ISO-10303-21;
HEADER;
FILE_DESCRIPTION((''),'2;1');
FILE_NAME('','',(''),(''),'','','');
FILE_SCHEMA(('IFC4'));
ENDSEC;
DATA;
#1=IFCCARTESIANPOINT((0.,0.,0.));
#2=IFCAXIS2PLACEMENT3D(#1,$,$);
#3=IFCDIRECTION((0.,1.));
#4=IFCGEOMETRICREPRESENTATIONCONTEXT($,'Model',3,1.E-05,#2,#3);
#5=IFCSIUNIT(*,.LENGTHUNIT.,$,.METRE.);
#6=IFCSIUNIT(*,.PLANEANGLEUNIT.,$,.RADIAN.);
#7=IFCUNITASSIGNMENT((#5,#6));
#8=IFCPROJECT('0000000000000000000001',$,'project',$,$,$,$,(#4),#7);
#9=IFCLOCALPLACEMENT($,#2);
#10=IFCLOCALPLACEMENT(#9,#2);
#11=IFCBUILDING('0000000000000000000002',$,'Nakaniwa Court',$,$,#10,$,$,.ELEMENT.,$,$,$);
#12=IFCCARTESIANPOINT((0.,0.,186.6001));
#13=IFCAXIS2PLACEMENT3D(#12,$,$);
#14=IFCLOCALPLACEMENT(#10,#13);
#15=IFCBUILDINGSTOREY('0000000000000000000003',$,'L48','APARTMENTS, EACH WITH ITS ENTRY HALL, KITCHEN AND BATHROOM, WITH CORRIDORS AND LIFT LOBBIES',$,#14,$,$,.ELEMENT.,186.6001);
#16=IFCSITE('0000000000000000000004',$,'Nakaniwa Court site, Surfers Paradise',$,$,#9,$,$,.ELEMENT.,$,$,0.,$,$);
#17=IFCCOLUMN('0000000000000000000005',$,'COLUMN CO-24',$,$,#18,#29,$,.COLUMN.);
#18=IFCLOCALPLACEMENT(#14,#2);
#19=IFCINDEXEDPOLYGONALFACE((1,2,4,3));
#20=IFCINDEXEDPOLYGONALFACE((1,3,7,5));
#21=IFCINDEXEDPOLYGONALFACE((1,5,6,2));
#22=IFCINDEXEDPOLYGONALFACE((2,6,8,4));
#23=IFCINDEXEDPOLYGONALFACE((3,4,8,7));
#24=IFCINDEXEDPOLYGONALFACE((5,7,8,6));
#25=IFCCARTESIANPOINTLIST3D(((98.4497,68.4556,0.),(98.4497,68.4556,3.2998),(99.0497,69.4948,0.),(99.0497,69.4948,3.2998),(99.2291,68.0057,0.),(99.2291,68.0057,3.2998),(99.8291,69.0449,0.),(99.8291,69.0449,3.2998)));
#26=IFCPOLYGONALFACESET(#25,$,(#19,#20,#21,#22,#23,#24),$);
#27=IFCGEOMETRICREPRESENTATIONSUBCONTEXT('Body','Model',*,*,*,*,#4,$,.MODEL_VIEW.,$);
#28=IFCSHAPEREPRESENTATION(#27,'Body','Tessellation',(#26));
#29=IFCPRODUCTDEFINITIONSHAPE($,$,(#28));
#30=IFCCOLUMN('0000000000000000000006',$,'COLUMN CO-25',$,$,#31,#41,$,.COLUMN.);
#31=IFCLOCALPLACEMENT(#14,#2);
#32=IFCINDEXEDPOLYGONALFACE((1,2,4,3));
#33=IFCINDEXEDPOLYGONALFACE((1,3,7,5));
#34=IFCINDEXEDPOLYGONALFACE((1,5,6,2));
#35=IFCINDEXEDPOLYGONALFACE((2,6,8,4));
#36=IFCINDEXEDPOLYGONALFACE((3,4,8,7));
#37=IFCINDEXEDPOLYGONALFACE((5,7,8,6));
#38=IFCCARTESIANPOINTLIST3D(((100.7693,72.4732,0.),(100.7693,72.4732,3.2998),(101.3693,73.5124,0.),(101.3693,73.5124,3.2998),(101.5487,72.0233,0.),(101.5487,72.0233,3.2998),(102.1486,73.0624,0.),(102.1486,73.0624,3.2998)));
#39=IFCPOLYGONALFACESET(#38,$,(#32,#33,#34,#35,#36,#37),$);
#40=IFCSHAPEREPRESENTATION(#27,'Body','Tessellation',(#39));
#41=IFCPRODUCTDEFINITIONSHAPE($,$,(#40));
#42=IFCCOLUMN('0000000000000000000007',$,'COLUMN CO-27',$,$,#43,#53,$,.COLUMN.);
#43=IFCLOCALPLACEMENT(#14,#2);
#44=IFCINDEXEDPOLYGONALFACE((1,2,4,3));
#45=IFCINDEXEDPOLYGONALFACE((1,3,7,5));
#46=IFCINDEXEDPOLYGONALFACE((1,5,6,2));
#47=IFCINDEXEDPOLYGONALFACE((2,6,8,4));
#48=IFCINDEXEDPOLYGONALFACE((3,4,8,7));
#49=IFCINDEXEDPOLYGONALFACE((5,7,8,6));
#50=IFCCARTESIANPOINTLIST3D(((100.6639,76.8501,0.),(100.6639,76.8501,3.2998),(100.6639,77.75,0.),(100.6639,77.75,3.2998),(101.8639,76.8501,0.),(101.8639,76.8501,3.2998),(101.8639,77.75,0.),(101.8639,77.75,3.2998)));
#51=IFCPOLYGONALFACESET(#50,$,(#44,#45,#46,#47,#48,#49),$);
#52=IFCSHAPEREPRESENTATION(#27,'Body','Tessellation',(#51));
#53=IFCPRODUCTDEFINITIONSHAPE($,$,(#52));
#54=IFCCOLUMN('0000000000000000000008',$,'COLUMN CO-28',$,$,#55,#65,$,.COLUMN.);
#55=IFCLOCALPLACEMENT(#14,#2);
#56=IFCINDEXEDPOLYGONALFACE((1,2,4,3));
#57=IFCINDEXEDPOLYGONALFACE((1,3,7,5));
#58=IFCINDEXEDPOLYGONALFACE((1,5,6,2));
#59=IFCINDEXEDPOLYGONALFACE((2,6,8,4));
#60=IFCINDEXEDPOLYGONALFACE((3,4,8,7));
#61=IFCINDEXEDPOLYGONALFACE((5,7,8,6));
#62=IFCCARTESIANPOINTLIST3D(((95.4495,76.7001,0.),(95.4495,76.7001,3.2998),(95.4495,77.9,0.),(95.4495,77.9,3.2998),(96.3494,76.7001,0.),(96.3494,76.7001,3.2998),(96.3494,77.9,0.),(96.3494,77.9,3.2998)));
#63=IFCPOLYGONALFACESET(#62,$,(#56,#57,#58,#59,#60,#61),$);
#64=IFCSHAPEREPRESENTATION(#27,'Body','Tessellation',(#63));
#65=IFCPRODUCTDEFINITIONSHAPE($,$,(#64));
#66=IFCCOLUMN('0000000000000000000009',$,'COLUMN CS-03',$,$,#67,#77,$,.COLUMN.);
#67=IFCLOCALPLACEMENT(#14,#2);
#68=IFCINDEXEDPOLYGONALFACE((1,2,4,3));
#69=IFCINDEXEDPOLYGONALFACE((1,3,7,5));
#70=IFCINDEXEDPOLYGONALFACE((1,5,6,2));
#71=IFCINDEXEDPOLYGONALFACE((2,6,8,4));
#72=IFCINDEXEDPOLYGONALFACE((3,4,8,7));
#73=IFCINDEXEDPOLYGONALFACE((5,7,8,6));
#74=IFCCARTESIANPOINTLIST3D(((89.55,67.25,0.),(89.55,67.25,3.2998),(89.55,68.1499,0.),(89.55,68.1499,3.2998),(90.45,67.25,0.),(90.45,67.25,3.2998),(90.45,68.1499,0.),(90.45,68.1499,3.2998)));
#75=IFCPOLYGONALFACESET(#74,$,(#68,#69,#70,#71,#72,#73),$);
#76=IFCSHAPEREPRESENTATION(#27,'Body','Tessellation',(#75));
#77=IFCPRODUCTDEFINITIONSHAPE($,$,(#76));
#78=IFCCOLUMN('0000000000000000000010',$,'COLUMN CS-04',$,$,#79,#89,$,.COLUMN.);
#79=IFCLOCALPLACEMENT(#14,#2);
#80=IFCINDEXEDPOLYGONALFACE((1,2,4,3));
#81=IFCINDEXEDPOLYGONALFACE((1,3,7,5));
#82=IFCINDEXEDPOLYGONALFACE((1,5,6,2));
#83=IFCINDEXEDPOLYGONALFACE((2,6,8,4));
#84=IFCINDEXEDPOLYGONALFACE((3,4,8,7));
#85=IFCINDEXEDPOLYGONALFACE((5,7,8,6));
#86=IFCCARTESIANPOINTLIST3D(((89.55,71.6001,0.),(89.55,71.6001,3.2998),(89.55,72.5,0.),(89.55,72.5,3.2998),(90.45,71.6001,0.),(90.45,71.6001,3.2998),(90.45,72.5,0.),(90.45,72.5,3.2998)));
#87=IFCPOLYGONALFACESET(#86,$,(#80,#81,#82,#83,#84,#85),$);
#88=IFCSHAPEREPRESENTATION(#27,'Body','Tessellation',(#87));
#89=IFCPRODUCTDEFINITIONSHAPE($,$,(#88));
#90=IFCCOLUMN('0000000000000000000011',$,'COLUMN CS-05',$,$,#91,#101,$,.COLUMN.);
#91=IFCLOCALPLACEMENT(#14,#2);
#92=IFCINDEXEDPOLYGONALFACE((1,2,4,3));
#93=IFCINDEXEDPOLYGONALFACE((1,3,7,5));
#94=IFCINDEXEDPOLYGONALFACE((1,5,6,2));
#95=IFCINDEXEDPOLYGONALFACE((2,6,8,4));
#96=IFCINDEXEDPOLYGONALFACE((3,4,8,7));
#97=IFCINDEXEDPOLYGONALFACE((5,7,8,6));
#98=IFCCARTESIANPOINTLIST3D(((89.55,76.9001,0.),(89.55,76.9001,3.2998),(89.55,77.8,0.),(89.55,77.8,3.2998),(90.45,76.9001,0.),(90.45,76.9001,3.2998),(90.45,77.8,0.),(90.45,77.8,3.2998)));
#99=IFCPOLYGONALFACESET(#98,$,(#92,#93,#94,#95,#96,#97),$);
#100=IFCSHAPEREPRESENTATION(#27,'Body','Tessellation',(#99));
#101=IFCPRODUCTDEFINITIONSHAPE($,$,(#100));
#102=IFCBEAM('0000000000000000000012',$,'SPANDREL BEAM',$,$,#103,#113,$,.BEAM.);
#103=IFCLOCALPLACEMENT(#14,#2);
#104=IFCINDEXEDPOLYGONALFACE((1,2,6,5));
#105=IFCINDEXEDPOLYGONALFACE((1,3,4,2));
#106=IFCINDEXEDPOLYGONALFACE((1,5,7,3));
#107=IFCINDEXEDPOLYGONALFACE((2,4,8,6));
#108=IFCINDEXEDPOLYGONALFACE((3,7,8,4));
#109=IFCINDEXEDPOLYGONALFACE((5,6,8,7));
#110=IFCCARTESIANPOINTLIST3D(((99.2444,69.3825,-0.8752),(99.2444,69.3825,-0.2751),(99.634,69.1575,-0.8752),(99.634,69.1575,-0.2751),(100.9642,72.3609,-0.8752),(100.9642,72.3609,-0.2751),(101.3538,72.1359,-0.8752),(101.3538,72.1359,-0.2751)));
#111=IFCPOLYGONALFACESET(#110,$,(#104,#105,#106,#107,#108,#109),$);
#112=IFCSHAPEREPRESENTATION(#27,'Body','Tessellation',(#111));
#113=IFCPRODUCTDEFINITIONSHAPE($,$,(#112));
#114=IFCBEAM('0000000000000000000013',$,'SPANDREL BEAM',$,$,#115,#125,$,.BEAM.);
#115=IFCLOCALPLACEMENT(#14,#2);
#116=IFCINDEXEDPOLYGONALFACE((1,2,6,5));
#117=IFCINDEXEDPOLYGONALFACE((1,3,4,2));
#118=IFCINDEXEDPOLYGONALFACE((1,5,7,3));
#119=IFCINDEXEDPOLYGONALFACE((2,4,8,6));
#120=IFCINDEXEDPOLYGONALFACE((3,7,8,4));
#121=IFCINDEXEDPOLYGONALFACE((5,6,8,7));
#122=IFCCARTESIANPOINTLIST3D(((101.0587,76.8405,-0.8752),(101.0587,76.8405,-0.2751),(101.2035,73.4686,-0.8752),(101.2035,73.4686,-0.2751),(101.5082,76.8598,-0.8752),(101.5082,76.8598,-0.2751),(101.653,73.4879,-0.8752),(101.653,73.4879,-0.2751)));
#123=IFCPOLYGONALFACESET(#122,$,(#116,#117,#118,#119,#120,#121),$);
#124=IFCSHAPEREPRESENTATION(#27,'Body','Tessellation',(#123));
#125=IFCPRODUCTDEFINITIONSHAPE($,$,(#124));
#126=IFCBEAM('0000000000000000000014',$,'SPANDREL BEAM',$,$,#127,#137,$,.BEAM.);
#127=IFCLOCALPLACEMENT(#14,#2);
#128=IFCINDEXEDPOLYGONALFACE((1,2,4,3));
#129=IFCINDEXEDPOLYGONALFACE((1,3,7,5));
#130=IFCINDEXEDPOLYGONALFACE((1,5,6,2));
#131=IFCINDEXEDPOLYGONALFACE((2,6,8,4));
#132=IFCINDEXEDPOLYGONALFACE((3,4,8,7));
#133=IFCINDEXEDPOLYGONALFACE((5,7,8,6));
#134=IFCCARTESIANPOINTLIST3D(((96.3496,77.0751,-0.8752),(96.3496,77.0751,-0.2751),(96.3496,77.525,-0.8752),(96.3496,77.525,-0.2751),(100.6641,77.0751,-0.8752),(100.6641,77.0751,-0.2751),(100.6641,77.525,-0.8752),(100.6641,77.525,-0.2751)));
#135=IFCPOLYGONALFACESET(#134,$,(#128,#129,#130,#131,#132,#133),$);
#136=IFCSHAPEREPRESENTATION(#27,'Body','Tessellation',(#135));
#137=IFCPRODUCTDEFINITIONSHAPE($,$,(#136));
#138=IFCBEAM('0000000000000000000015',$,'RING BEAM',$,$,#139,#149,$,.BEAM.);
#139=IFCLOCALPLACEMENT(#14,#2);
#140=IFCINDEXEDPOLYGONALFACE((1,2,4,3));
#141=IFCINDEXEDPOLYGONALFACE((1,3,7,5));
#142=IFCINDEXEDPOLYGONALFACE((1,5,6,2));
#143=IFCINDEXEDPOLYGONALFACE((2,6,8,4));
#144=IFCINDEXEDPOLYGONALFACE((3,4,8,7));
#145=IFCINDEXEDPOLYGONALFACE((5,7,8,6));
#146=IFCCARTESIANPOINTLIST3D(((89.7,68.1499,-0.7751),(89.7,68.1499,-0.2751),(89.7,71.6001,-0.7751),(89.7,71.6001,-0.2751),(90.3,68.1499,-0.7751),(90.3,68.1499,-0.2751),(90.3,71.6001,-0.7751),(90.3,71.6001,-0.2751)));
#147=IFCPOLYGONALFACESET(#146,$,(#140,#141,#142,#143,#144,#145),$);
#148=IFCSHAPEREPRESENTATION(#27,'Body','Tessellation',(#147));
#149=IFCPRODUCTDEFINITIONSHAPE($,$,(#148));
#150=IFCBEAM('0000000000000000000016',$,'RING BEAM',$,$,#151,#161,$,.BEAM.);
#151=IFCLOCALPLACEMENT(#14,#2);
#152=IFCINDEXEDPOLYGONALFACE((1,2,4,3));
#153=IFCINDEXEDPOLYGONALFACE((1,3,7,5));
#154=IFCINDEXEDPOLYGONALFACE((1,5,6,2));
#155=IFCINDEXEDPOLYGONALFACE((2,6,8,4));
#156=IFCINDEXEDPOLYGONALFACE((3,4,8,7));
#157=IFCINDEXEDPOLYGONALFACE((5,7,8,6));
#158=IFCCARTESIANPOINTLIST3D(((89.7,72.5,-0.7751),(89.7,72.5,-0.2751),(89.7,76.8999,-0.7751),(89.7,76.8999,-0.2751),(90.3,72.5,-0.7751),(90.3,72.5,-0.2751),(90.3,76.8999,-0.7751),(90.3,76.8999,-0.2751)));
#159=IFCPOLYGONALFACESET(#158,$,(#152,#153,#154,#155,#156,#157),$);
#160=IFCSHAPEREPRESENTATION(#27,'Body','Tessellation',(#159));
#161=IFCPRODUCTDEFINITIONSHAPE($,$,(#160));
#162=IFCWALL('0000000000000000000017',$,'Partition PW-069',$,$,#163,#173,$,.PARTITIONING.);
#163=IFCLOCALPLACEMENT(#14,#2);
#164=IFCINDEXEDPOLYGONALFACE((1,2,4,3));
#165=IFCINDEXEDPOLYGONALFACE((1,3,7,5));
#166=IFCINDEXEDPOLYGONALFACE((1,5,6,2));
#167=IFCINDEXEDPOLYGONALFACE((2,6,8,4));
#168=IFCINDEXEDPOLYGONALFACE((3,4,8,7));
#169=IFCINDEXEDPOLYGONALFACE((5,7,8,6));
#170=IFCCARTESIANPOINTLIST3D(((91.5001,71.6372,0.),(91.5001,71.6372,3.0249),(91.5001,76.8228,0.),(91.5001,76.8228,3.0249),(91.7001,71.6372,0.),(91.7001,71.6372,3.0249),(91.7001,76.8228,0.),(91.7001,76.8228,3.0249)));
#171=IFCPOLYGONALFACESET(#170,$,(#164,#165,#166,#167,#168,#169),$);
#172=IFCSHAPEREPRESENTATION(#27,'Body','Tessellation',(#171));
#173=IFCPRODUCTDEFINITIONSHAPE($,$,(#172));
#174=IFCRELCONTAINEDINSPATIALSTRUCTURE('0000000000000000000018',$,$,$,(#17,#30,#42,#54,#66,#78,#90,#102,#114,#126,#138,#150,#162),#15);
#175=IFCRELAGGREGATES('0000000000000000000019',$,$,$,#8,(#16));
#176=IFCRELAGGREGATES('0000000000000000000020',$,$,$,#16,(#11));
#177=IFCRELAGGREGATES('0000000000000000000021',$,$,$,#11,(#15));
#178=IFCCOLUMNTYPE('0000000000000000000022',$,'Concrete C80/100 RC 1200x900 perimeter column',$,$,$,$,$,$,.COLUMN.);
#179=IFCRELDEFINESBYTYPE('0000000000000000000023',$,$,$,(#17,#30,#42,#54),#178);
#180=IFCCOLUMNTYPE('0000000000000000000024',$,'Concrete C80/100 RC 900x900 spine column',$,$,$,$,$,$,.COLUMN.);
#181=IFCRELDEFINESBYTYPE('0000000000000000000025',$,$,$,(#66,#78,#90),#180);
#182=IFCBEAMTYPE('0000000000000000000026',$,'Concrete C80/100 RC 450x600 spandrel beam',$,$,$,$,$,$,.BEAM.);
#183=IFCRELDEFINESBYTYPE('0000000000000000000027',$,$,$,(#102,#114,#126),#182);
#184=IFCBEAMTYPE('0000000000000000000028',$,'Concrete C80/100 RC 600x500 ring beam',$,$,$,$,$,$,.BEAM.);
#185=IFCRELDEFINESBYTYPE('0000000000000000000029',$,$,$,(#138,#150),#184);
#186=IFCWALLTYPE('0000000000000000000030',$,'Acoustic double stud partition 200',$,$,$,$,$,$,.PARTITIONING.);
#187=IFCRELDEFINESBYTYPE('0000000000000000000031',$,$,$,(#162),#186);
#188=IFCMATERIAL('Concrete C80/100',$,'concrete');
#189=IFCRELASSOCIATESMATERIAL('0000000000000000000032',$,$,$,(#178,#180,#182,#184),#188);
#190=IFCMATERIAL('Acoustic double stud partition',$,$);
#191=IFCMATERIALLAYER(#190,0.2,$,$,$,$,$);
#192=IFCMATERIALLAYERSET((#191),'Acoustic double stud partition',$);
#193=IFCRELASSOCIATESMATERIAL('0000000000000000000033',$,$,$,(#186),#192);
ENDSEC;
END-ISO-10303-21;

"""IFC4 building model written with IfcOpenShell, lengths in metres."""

from ifc_helpers import new_model, si_unit, direction, frame, frame_2d, origin, origin_2d, place, context, subcontext, project, spatial, rectangle, extrude, material, layer, layer_set, material_profile, profile_set, type_object, element, save


model = new_model("IFC4")

# Units and contexts
model_context = context("Model", 3, precision=1e-05, world=origin(), true_north=direction((0.0, 1.0)))
body_context = subcontext(model_context, "Body", "Model", "MODEL_VIEW")
ifc_project = project(units=[si_unit("LENGTHUNIT", "METRE"), si_unit("PLANEANGLEUNIT", "RADIAN")], contexts=[model_context])

# Site, building, storey
site_placement = place(None, origin())
site = spatial("IfcSite", under=ifc_project, at=site_placement, Name="Nakaniwa Court site, Surfers Paradise", CompositionType="ELEMENT", RefElevation=0.0)
building_placement = place(site_placement, origin())
building = spatial("IfcBuilding", under=site, at=building_placement, Name="Nakaniwa Court", CompositionType="ELEMENT")
storey_placement = place(building_placement, frame((0.0, 0.0, 186.6001)))
storey = spatial("IfcBuildingStorey", under=building, at=storey_placement, Name="L48", Description="APARTMENTS, EACH WITH ITS ENTRY HALL, KITCHEN AND BATHROOM, WITH CORRIDORS AND LIFT LOBBIES", CompositionType="ELEMENT", Elevation=186.6001)

# Columns
ifc_material_1 = material(Name="Concrete C80/100", Category="concrete")
ifc_material_profile_1 = material_profile(ifc_material_1, rectangle(XDim=1.2, YDim=0.8999, at=origin_2d()), Name="Concrete C80/100 RC 1200x900 perimeter column")
ifc_profile_set_1 = profile_set([ifc_material_profile_1], Name="Concrete C80/100")
column_type_1 = type_object("IfcColumnType", Name="Concrete C80/100 RC 1200x900 perimeter column", PredefinedType="COLUMN", material=ifc_profile_set_1)
for number, where, z_axis, x_axis, name in (
    (1, (99.1394, 68.7502, 0.0), (0.0, 0.0, 1.0), (0.5, 0.866025, 0.0), "COLUMN CO-24"),
    (2, (101.459, 72.7678, 0.0), (0.0, 0.0, 1.0), (0.5, 0.866025, 0.0), "COLUMN CO-25"),
    (3, (101.2639, 77.3, 0.0), (0.0, 0.0, 1.0), (-1.0, 0.0, 0.0), "COLUMN CO-27"),
    (4, (95.8994, 77.3, 0.0), (0.0, 0.0, 1.0), (0.0, 1.0, 0.0), "COLUMN CO-28"),
):
    element("IfcColumn", number, at=place(storey_placement, frame(where, z_axis=z_axis, x_axis=x_axis)), inside=storey, type_object=column_type_1, Name=name, PredefinedType="COLUMN", context=body_context, shape_type="SweptSolid", body=[
        extrude(rectangle(XDim=1.2, YDim=0.8999, at=origin_2d()), origin(), (0.0, 0.0, 1.0), 3.2998),
    ])
ifc_material_profile_2 = material_profile(ifc_material_1, rectangle(XDim=0.8999, YDim=0.8999, at=origin_2d()), Name="Concrete C80/100 RC 900x900 spine column")
ifc_profile_set_2 = profile_set([ifc_material_profile_2], Name="Concrete C80/100")
column_type_2 = type_object("IfcColumnType", Name="Concrete C80/100 RC 900x900 spine column", PredefinedType="COLUMN", material=ifc_profile_set_2)
for number, where, z_axis, x_axis, name in (
    (5, (90.0, 67.7, 0.0), (0.0, 0.0, 1.0), (0.0, 1.0, 0.0), "COLUMN CS-03"),
    (6, (90.0, 72.05, 0.0), (0.0, 0.0, 1.0), (0.0, 1.0, 0.0), "COLUMN CS-04"),
    (7, (90.0, 77.3501, 0.0), (0.0, 0.0, 1.0), (0.0, 1.0, 0.0), "COLUMN CS-05"),
):
    element("IfcColumn", number, at=place(storey_placement, frame(where, z_axis=z_axis, x_axis=x_axis)), inside=storey, type_object=column_type_2, Name=name, PredefinedType="COLUMN", context=body_context, shape_type="SweptSolid", body=[
        extrude(rectangle(XDim=0.8999, YDim=0.8999, at=origin_2d()), origin(), (0.0, 0.0, 1.0), 3.2998),
    ])

# Beams
ifc_material_profile_3 = material_profile(ifc_material_1, rectangle(XDim=0.45, YDim=0.6001, at=origin_2d()), Name="Concrete C80/100 RC 450x600 spandrel beam")
ifc_profile_set_3 = profile_set([ifc_material_profile_3], Name="Concrete C80/100")
beam_type_1 = type_object("IfcBeamType", Name="Concrete C80/100 RC 450x600 spandrel beam", PredefinedType="BEAM", material=ifc_profile_set_3)
beam_1_placement = place(storey_placement, frame((99.4392, 69.27, -0.5752), z_axis=(0.500048, 0.865998, 0.0), x_axis=(-0.865998, 0.500048, 0.0)))
element("IfcBeam", 8, at=beam_1_placement, inside=storey, type_object=beam_type_1, Name="SPANDREL BEAM", PredefinedType="BEAM", context=body_context, shape_type="SweptSolid", body=[
    extrude(rectangle(XDim=0.45, YDim=0.6001, at=origin_2d()), origin(), (0.0, 0.0, 1.0), 3.4392),
])
beam_2_placement = place(storey_placement, frame((101.4282, 73.4783, -0.5752), z_axis=(-0.042897, 0.999079, 0.0), x_axis=(-0.999079, -0.042897, 0.0)))
element("IfcBeam", 9, at=beam_2_placement, inside=storey, type_object=beam_type_1, Name="SPANDREL BEAM", PredefinedType="BEAM", context=body_context, shape_type="SweptSolid", body=[
    extrude(rectangle(XDim=0.45, YDim=0.6001, at=origin_2d()), origin(), (0.0, 0.0, 1.0), 3.375),
])
beam_3_placement = place(storey_placement, frame((100.6641, 77.3, -0.5752), z_axis=(-1.0, 0.0, 0.0), x_axis=(0.0, -1.0, 0.0)))
element("IfcBeam", 10, at=beam_3_placement, inside=storey, type_object=beam_type_1, Name="SPANDREL BEAM", PredefinedType="BEAM", context=body_context, shape_type="SweptSolid", body=[
    extrude(rectangle(XDim=0.45, YDim=0.6001, at=origin_2d()), origin(), (0.0, 0.0, 1.0), 4.3145),
])
ifc_material_profile_4 = material_profile(ifc_material_1, rectangle(XDim=0.6001, YDim=0.5, at=origin_2d()), Name="Concrete C80/100 RC 600x500 ring beam")
ifc_profile_set_4 = profile_set([ifc_material_profile_4], Name="Concrete C80/100")
beam_type_2 = type_object("IfcBeamType", Name="Concrete C80/100 RC 600x500 ring beam", PredefinedType="BEAM", material=ifc_profile_set_4)
beam_4_placement = place(storey_placement, frame((90.0, 68.1499, -0.5251), z_axis=(0.0, 1.0, 0.0), x_axis=(-1.0, 0.0, 0.0)))
element("IfcBeam", 11, at=beam_4_placement, inside=storey, type_object=beam_type_2, Name="RING BEAM", PredefinedType="BEAM", context=body_context, shape_type="SweptSolid", body=[
    extrude(rectangle(XDim=0.6001, YDim=0.5, at=origin_2d()), origin(), (0.0, 0.0, 1.0), 3.4502),
])
beam_5_placement = place(storey_placement, frame((90.0, 72.5, -0.5251), z_axis=(0.0, 1.0, 0.0), x_axis=(-1.0, 0.0, 0.0)))
element("IfcBeam", 12, at=beam_5_placement, inside=storey, type_object=beam_type_2, Name="RING BEAM", PredefinedType="BEAM", context=body_context, shape_type="SweptSolid", body=[
    extrude(rectangle(XDim=0.6001, YDim=0.5, at=origin_2d()), origin(), (0.0, 0.0, 1.0), 4.3999),
])

# Wall
ifc_material_2 = material(Name="Acoustic double stud partition")
ifc_layer_1 = layer(ifc_material_2, 0.2)
ifc_layer_set_1 = layer_set([ifc_layer_1], Name="Acoustic double stud partition")
wall_type_1 = type_object("IfcWallType", Name="Acoustic double stud partition 200", PredefinedType="PARTITIONING", material=ifc_layer_set_1)
wall_1_placement = place(storey_placement, frame((91.6001, 71.6372, 0.0), z_axis=(0.0, 0.0, 1.0), x_axis=(0.0, 1.0, 0.0)))
element("IfcWall", 13, at=wall_1_placement, inside=storey, type_object=wall_type_1, Name="Partition PW-069", PredefinedType="PARTITIONING", context=body_context, shape_type="SweptSolid", body=[
    extrude(rectangle(XDim=5.1855, YDim=0.2, at=frame_2d((2.5928, 0.0))), origin(), (0.0, 0.0, 1.0), 3.0249),
])

save(model, "model.ifc")
